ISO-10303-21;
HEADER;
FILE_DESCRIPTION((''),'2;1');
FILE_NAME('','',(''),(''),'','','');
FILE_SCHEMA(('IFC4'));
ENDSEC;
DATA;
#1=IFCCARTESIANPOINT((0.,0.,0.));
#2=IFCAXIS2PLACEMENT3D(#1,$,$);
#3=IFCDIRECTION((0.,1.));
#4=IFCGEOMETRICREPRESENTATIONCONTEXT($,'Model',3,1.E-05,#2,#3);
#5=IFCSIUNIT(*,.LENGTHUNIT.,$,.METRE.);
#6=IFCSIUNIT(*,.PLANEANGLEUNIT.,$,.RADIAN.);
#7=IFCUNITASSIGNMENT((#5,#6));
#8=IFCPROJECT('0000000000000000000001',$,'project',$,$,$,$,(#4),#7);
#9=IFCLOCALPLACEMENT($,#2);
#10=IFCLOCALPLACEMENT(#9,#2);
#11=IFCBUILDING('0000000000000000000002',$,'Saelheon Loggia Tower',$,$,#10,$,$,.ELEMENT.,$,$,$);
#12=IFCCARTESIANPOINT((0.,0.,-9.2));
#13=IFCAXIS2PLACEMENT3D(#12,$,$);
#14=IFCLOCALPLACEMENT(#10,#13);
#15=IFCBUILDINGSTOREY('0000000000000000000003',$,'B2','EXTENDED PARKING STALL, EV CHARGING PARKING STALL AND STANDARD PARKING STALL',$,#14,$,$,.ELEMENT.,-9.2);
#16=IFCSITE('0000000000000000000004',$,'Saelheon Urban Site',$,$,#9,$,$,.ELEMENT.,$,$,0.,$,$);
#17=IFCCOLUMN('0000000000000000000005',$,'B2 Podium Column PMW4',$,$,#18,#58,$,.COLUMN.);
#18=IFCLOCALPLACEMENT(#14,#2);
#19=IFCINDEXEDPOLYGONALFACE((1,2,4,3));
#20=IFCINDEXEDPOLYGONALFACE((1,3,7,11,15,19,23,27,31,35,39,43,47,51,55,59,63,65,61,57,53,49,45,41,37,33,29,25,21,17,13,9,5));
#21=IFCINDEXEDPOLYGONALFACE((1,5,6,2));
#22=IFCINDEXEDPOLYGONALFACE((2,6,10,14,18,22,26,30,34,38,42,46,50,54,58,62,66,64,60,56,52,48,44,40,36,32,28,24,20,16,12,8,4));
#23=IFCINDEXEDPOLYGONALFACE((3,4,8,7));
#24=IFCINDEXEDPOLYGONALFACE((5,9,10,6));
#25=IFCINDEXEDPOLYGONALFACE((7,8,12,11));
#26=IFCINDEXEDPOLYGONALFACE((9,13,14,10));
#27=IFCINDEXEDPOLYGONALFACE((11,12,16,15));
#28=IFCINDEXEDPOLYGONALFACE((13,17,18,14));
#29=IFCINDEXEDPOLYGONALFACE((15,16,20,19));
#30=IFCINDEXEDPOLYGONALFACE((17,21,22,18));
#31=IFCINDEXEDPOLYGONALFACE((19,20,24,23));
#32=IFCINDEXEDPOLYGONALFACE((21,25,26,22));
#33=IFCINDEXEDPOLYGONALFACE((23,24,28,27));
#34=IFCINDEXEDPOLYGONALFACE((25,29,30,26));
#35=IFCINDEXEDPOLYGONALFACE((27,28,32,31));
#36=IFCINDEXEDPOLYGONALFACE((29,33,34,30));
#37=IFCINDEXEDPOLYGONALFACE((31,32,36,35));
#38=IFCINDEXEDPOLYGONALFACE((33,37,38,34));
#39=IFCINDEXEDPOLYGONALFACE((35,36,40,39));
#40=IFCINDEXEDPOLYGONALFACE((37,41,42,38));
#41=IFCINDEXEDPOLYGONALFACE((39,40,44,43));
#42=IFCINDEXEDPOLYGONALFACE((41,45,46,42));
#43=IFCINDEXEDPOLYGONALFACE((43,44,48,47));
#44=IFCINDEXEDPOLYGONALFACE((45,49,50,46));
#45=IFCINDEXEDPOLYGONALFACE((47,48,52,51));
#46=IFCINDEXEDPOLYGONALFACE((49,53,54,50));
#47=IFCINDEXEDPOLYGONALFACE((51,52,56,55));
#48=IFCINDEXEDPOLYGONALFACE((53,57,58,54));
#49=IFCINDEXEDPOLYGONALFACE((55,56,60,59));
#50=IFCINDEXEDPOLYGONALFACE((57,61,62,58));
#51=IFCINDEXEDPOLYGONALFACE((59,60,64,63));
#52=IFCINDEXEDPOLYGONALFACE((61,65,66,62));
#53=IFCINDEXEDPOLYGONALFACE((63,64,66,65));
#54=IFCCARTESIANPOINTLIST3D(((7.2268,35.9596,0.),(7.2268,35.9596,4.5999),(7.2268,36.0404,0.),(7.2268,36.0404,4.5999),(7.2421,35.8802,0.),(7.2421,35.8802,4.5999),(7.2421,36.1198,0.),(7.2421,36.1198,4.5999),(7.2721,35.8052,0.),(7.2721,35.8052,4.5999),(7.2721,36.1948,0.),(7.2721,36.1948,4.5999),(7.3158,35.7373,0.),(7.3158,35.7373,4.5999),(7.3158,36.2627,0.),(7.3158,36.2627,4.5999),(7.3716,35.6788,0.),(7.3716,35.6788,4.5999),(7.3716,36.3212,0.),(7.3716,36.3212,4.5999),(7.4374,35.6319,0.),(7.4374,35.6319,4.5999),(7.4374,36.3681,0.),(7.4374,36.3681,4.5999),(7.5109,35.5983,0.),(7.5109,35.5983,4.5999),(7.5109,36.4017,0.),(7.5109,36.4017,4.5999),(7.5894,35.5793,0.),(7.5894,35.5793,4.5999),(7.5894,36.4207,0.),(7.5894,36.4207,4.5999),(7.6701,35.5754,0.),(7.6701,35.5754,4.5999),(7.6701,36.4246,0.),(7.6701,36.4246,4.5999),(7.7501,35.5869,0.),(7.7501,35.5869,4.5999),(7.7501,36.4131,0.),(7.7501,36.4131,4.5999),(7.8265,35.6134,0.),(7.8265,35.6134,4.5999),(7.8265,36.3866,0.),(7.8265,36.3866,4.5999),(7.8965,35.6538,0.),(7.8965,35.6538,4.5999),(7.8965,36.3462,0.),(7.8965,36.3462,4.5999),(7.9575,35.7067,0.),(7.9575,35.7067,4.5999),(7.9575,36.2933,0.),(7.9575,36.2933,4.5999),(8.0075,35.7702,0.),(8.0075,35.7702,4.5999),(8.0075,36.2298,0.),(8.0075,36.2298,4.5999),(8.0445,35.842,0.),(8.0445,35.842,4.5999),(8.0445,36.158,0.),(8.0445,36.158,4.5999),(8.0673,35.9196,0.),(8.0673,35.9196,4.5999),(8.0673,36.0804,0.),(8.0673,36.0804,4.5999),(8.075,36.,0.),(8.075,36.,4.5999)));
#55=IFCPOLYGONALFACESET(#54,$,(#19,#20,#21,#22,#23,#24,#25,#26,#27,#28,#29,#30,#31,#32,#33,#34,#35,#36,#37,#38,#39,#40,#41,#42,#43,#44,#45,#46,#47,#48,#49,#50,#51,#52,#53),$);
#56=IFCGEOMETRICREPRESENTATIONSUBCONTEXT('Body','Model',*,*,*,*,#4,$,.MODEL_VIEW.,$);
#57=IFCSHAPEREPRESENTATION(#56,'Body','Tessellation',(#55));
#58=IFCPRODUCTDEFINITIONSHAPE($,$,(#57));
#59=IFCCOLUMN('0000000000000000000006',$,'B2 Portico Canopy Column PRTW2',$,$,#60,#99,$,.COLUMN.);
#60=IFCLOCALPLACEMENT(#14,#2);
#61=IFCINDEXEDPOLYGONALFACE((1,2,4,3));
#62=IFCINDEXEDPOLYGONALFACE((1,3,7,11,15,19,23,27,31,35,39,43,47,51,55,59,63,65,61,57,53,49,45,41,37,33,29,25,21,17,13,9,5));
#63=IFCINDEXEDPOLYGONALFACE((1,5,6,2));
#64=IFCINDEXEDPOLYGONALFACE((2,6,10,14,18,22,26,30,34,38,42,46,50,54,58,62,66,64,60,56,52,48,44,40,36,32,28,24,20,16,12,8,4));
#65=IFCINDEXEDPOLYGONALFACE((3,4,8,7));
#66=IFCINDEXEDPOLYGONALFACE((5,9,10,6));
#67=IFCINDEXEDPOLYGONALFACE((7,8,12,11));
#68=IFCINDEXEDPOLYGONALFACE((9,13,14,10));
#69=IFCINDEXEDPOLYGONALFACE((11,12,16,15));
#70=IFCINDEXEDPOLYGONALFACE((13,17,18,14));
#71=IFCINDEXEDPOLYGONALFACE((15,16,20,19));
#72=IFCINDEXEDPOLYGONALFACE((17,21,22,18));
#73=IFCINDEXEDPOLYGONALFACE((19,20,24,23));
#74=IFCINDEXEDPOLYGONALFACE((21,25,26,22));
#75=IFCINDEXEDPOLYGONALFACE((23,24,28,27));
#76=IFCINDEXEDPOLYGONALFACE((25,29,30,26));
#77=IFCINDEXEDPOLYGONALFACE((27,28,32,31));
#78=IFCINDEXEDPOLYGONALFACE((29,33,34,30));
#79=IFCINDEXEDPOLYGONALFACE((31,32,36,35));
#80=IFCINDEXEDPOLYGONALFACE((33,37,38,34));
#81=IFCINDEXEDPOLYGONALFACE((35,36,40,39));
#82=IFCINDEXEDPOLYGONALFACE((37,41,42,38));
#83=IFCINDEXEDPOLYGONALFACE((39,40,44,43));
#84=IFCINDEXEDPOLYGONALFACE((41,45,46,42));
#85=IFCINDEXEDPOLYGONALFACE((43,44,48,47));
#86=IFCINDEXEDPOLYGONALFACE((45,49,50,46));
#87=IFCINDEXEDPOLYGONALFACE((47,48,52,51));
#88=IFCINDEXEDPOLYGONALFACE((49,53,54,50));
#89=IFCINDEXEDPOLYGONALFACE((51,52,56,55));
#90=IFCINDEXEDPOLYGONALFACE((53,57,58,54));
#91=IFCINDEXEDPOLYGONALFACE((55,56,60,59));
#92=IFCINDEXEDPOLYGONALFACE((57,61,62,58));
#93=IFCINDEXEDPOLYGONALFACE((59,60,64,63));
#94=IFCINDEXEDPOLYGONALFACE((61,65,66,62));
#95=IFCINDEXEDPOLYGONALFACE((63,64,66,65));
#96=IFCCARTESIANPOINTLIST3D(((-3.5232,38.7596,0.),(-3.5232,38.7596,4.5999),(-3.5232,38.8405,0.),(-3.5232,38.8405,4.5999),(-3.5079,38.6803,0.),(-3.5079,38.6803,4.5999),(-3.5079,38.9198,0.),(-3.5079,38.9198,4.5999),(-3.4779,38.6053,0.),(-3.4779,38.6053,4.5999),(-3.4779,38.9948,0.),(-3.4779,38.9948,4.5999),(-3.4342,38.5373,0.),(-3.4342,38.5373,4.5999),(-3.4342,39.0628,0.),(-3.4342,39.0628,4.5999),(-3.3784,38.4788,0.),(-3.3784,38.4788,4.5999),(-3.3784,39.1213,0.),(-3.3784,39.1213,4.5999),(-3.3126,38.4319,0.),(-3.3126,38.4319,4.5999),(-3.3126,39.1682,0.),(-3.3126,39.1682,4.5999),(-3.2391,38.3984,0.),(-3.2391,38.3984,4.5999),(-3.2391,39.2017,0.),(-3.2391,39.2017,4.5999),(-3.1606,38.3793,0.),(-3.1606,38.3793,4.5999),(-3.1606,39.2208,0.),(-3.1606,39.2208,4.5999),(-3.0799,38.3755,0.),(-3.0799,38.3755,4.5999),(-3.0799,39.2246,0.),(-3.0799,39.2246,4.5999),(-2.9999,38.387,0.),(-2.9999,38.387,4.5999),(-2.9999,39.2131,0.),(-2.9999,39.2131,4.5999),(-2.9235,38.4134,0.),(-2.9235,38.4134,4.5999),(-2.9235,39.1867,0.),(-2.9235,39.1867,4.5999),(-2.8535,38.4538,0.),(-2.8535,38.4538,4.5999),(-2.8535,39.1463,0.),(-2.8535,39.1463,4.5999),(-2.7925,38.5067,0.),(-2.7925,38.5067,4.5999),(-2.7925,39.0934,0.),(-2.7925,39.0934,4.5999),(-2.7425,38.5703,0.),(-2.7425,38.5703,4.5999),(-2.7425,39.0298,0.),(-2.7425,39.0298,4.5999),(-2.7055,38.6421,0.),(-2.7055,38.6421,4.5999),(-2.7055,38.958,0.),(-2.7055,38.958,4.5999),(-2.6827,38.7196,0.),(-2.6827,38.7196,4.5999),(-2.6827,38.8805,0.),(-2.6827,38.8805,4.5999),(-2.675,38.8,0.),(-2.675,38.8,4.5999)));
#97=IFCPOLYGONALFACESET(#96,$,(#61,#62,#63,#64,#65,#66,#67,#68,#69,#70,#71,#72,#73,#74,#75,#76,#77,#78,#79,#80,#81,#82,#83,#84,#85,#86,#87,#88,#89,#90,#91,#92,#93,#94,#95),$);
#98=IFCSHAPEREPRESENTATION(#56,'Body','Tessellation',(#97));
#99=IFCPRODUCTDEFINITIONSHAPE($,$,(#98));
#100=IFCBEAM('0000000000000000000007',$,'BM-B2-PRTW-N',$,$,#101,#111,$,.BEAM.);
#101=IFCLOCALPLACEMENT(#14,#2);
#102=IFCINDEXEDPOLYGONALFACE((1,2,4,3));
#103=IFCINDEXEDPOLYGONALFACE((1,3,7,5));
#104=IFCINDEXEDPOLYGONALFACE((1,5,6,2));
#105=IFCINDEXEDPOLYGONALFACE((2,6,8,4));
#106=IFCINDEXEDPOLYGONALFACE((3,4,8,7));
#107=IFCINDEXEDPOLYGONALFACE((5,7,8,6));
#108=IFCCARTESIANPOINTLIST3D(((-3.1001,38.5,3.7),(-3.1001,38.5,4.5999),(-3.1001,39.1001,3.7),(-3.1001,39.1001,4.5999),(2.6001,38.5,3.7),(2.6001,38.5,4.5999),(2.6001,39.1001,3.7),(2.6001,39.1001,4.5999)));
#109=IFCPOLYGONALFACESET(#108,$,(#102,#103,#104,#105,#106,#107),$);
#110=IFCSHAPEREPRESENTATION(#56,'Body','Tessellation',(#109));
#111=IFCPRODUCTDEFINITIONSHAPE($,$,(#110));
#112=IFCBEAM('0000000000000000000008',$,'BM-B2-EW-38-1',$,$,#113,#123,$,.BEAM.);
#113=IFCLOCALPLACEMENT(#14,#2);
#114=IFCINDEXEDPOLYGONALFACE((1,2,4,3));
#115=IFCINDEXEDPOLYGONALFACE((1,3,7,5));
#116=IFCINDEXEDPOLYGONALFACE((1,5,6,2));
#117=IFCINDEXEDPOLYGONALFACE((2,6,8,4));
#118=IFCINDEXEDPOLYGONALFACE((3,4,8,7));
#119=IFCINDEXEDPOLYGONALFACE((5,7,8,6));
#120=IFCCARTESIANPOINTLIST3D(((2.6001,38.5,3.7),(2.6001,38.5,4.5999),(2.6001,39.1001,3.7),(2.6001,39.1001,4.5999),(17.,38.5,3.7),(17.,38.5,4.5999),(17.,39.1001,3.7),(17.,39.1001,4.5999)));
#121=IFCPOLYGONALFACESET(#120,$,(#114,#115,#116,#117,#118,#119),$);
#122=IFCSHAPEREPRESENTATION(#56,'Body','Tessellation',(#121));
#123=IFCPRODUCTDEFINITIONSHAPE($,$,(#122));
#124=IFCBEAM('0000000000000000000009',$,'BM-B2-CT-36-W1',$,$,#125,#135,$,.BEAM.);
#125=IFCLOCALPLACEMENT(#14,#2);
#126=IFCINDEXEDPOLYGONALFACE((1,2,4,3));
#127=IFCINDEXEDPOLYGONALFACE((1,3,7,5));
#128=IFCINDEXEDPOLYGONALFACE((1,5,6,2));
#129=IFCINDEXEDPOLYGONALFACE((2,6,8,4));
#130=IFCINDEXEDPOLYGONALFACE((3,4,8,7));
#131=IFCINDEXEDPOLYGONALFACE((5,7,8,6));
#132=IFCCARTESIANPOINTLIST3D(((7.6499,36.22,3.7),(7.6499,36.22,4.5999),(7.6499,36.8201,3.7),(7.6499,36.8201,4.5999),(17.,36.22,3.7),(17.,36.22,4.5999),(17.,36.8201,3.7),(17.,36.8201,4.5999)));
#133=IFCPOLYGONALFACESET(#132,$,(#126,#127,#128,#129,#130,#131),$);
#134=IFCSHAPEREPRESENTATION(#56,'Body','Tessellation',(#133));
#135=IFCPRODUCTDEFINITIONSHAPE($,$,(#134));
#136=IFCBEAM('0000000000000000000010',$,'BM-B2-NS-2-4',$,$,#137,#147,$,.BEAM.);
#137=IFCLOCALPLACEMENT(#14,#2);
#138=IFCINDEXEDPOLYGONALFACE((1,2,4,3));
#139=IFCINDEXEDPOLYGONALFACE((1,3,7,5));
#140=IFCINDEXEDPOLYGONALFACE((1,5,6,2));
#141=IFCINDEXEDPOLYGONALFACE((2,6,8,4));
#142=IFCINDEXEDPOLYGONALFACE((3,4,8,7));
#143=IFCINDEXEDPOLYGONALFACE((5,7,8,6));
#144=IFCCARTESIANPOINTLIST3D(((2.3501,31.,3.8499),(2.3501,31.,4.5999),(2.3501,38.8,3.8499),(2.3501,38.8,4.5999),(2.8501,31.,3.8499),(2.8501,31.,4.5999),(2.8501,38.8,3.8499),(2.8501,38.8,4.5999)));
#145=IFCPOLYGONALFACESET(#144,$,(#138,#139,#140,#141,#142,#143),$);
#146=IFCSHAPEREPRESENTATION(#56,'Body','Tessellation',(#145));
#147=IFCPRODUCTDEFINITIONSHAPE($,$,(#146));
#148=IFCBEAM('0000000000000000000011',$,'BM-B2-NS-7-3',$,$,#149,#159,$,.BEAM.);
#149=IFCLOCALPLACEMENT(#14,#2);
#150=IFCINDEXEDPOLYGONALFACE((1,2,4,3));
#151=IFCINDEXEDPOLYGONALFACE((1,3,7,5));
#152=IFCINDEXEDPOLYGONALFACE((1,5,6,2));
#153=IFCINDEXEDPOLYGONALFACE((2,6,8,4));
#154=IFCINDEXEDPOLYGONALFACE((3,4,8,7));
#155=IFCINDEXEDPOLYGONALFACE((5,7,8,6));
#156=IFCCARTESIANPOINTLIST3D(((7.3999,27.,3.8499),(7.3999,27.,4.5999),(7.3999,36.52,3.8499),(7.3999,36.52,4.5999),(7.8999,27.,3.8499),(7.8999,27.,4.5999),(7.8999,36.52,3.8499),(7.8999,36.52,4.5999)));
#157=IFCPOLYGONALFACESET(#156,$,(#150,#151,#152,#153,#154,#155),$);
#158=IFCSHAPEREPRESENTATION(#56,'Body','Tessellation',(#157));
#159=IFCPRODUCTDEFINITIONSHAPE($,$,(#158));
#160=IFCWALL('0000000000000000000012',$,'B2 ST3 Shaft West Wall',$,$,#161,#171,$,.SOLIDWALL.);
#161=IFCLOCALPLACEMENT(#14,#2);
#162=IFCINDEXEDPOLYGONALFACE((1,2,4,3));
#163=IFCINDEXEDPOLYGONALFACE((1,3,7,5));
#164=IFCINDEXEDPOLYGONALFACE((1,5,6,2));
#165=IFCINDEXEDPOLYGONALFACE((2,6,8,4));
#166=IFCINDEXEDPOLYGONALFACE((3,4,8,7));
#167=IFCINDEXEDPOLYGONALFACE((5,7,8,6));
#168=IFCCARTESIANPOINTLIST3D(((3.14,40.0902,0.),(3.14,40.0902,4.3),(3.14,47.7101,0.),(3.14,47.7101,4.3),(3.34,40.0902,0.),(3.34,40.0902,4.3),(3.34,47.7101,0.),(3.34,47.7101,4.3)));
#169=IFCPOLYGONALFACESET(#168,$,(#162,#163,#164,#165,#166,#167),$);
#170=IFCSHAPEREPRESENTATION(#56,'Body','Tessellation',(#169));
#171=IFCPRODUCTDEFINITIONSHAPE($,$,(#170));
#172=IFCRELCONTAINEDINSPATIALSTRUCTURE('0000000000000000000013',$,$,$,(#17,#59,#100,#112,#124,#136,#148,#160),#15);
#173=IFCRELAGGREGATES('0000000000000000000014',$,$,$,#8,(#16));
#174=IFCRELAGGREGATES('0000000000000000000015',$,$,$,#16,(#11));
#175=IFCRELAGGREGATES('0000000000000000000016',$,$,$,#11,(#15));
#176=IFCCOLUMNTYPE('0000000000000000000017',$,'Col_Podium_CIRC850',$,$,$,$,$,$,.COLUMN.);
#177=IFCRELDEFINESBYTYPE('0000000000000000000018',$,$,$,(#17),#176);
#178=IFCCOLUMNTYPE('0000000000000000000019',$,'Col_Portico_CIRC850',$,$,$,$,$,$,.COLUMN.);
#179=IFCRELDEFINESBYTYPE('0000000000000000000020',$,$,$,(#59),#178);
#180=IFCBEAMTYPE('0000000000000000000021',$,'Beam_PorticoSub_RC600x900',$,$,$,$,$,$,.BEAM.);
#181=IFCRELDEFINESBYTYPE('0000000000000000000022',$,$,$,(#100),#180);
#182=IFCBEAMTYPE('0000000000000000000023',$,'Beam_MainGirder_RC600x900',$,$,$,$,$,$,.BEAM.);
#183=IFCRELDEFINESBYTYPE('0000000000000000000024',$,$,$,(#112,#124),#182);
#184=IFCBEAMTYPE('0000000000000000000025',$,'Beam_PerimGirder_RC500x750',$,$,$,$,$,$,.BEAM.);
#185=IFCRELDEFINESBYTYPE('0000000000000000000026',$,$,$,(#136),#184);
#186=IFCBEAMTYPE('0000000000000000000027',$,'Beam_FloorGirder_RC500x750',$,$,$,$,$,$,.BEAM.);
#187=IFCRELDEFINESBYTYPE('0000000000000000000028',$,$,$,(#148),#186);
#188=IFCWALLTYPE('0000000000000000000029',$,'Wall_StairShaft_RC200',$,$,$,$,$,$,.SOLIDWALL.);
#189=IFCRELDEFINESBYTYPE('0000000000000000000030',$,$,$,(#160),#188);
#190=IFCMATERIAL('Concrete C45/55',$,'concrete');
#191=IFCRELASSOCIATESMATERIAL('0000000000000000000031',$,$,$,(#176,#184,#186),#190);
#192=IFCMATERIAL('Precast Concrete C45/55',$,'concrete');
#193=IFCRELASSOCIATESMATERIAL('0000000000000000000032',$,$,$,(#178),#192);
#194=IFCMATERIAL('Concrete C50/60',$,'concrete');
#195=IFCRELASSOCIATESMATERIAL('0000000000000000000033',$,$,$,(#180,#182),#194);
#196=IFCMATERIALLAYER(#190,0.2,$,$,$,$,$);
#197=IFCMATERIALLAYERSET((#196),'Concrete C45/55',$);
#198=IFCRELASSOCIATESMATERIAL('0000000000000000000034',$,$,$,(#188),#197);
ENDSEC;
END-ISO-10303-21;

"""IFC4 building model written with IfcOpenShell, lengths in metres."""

from ifc_helpers import new_model, si_unit, direction, frame, frame_2d, origin, origin_2d, place, context, subcontext, project, spatial, rectangle, circle, extrude, source, transform, mapped, material, layer, layer_set, material_profile, profile_set, type_object, element, save


model = new_model("IFC4")

# Units and contexts
model_context = context("Model", 3, precision=1e-05, world=origin(), true_north=direction((0.0, 1.0)))
body_context = subcontext(model_context, "Body", "Model", "MODEL_VIEW")
ifc_project = project(units=[si_unit("LENGTHUNIT", "METRE"), si_unit("PLANEANGLEUNIT", "RADIAN")], contexts=[model_context])

# Site, building, storey
site_placement = place(None, origin())
site = spatial("IfcSite", under=ifc_project, at=site_placement, Name="Saelheon Urban Site", CompositionType="ELEMENT", RefElevation=0.0)
building_placement = place(site_placement, origin())
building = spatial("IfcBuilding", under=site, at=building_placement, Name="Saelheon Loggia Tower", CompositionType="ELEMENT")
storey_placement = place(building_placement, frame((0.0, 0.0, -9.2)))
storey = spatial("IfcBuildingStorey", under=building, at=storey_placement, Name="B2", Description="EXTENDED PARKING STALL, EV CHARGING PARKING STALL AND STANDARD PARKING STALL", CompositionType="ELEMENT", Elevation=-9.2)

# Shared definitions
ifc_material_1 = material(Name="Concrete C50/60", Category="concrete")

# Columns
ifc_material_2 = material(Name="Concrete C45/55", Category="concrete")
ifc_material_profile_1 = material_profile(ifc_material_2, circle(Radius=0.425, at=origin_2d()), Name="CIRC-850")
ifc_profile_set_1 = profile_set([ifc_material_profile_1], Name="Concrete C45/55")
column_type_1 = type_object("IfcColumnType", Name="Col_Podium_CIRC850", PredefinedType="COLUMN", material=ifc_profile_set_1)
shared_shape_1 = source(origin(), body_context, "Body", "SweptSolid", [
    extrude(circle(Radius=0.425, at=origin_2d()), origin(), (0.0, 0.0, 1.0), 4.5999),
])
for number, where, z_axis, x_axis, name in (
    (1, (7.6499, 36.0, 0.0), (0.0, 0.0, 1.0), (1.0, 0.0, 0.0), "B2 Podium Column PMW4"),
):
    element("IfcColumn", number, at=place(storey_placement, frame(where, z_axis=z_axis, x_axis=x_axis)), inside=storey, type_object=column_type_1, Name=name, PredefinedType="COLUMN", context=body_context, shape_type="MappedRepresentation", body=[
        mapped(shared_shape_1, transform((0.0, 0.0, 0.0), scale=1.0)),
    ])
ifc_material_3 = material(Name="Precast Concrete C45/55", Category="concrete")
ifc_material_profile_2 = material_profile(ifc_material_3, circle(Radius=0.425, at=origin_2d()), Name="CIRC-850")
ifc_profile_set_2 = profile_set([ifc_material_profile_2], Name="Precast Concrete C45/55")
column_type_2 = type_object("IfcColumnType", Name="Col_Portico_CIRC850", PredefinedType="COLUMN", material=ifc_profile_set_2)
column_placement = place(storey_placement, frame((-3.1001, 38.8, 0.0), z_axis=(0.0, 0.0, 1.0), x_axis=(1.0, 0.0, 0.0)))
element("IfcColumn", 2, at=column_placement, inside=storey, type_object=column_type_2, Name="B2 Portico Canopy Column PRTW2", PredefinedType="COLUMN", context=body_context, shape_type="MappedRepresentation", body=[
    mapped(shared_shape_1, transform((0.0, 0.0, 0.0), scale=1.0)),
])

# Beams
ifc_material_profile_3 = material_profile(ifc_material_1, rectangle(XDim=0.6001, YDim=0.8999, at=origin_2d()), Name="RC-600x900")
ifc_profile_set_3 = profile_set([ifc_material_profile_3], Name="Concrete C50/60")
beam_type_1 = type_object("IfcBeamType", Name="Beam_PorticoSub_RC600x900", PredefinedType="BEAM", material=ifc_profile_set_3)
shared_shape_2 = source(origin(), body_context, "Body", "SweptSolid", [
    extrude(rectangle(XDim=0.6001, YDim=0.8999, at=origin_2d()), origin(), (0.0, 0.0, 1.0), 5.7002),
])
beam_1_placement = place(storey_placement, frame((-3.1001, 38.8, 4.1499), z_axis=(1.0, 0.0, 0.0), x_axis=(0.0, 1.0, 0.0)))
element("IfcBeam", 3, at=beam_1_placement, inside=storey, type_object=beam_type_1, Name="BM-B2-PRTW-N", PredefinedType="BEAM", context=body_context, shape_type="MappedRepresentation", body=[
    mapped(shared_shape_2, transform((0.0, 0.0, 0.0), scale=1.0)),
])
ifc_material_profile_4 = material_profile(ifc_material_1, rectangle(XDim=0.6001, YDim=0.8999, at=origin_2d()), Name="RC-600x900")
ifc_profile_set_4 = profile_set([ifc_material_profile_4], Name="Concrete C50/60")
beam_type_2 = type_object("IfcBeamType", Name="Beam_MainGirder_RC600x900", PredefinedType="BEAM", material=ifc_profile_set_4)
shared_shape_3 = source(origin(), body_context, "Body", "SweptSolid", [
    extrude(rectangle(XDim=0.6001, YDim=0.8999, at=origin_2d()), origin(), (0.0, 0.0, 1.0), 14.3999),
])
beam_2_placement = place(storey_placement, frame((2.6001, 38.8, 4.1499), z_axis=(1.0, 0.0, 0.0), x_axis=(0.0, 1.0, 0.0)))
element("IfcBeam", 4, at=beam_2_placement, inside=storey, type_object=beam_type_2, Name="BM-B2-EW-38-1", PredefinedType="BEAM", context=body_context, shape_type="MappedRepresentation", body=[
    mapped(shared_shape_3, transform((0.0, 0.0, 0.0), scale=1.0)),
])
shared_shape_4 = source(origin(), body_context, "Body", "SweptSolid", [
    extrude(rectangle(XDim=0.6001, YDim=0.8999, at=origin_2d()), origin(), (0.0, 0.0, 1.0), 9.3501),
])
beam_3_placement = place(storey_placement, frame((7.6499, 36.52, 4.1499), z_axis=(1.0, 0.0, 0.0), x_axis=(0.0, 1.0, 0.0)))
element("IfcBeam", 5, at=beam_3_placement, inside=storey, type_object=beam_type_2, Name="BM-B2-CT-36-W1", PredefinedType="BEAM", context=body_context, shape_type="MappedRepresentation", body=[
    mapped(shared_shape_4, transform((0.0, 0.0, 0.0), scale=1.0)),
])
ifc_material_profile_5 = material_profile(ifc_material_2, rectangle(XDim=0.5, YDim=0.75, at=origin_2d()), Name="RC-500x750")
ifc_profile_set_5 = profile_set([ifc_material_profile_5], Name="Concrete C45/55")
beam_type_3 = type_object("IfcBeamType", Name="Beam_PerimGirder_RC500x750", PredefinedType="BEAM", material=ifc_profile_set_5)
shared_shape_5 = source(origin(), body_context, "Body", "SweptSolid", [
    extrude(rectangle(XDim=0.5, YDim=0.75, at=origin_2d()), origin(), (0.0, 0.0, 1.0), 7.8),
])
beam_4_placement = place(storey_placement, frame((2.6001, 31.0, 4.2249), z_axis=(0.0, 1.0, 0.0), x_axis=(-1.0, 0.0, 0.0)))
element("IfcBeam", 6, at=beam_4_placement, inside=storey, type_object=beam_type_3, Name="BM-B2-NS-2-4", PredefinedType="BEAM", context=body_context, shape_type="MappedRepresentation", body=[
    mapped(shared_shape_5, transform((0.0, 0.0, 0.0), scale=1.0)),
])
ifc_material_profile_6 = material_profile(ifc_material_2, rectangle(XDim=0.5, YDim=0.75, at=origin_2d()), Name="RC-500x750")
ifc_profile_set_6 = profile_set([ifc_material_profile_6], Name="Concrete C45/55")
beam_type_4 = type_object("IfcBeamType", Name="Beam_FloorGirder_RC500x750", PredefinedType="BEAM", material=ifc_profile_set_6)
shared_shape_6 = source(origin(), body_context, "Body", "SweptSolid", [
    extrude(rectangle(XDim=0.5, YDim=0.75, at=origin_2d()), origin(), (0.0, 0.0, 1.0), 9.52),
])
beam_5_placement = place(storey_placement, frame((7.6499, 27.0, 4.2249), z_axis=(0.0, 1.0, 0.0), x_axis=(-1.0, 0.0, 0.0)))
element("IfcBeam", 7, at=beam_5_placement, inside=storey, type_object=beam_type_4, Name="BM-B2-NS-7-3", PredefinedType="BEAM", context=body_context, shape_type="MappedRepresentation", body=[
    mapped(shared_shape_6, transform((0.0, 0.0, 0.0), scale=1.0)),
])

# Wall
ifc_layer = layer(ifc_material_2, 0.2)
ifc_layer_set = layer_set([ifc_layer], Name="Concrete C45/55")
wall_type = type_object("IfcWallType", Name="Wall_StairShaft_RC200", PredefinedType="SOLIDWALL", material=ifc_layer_set)
wall_1_placement = place(storey_placement, frame((3.24, 40.0901, 0.0), z_axis=(0.0, 0.0, 1.0), x_axis=(0.0, 1.0, 0.0)))
element("IfcWall", 8, at=wall_1_placement, inside=storey, type_object=wall_type, Name="B2 ST3 Shaft West Wall", PredefinedType="SOLIDWALL", context=body_context, shape_type="SweptSolid", body=[
    extrude(rectangle(XDim=7.6199, YDim=0.2, at=frame_2d((3.8101, 0.0))), origin(), (0.0, 0.0, 1.0), 4.3),
])

save(model, "model.ifc")
